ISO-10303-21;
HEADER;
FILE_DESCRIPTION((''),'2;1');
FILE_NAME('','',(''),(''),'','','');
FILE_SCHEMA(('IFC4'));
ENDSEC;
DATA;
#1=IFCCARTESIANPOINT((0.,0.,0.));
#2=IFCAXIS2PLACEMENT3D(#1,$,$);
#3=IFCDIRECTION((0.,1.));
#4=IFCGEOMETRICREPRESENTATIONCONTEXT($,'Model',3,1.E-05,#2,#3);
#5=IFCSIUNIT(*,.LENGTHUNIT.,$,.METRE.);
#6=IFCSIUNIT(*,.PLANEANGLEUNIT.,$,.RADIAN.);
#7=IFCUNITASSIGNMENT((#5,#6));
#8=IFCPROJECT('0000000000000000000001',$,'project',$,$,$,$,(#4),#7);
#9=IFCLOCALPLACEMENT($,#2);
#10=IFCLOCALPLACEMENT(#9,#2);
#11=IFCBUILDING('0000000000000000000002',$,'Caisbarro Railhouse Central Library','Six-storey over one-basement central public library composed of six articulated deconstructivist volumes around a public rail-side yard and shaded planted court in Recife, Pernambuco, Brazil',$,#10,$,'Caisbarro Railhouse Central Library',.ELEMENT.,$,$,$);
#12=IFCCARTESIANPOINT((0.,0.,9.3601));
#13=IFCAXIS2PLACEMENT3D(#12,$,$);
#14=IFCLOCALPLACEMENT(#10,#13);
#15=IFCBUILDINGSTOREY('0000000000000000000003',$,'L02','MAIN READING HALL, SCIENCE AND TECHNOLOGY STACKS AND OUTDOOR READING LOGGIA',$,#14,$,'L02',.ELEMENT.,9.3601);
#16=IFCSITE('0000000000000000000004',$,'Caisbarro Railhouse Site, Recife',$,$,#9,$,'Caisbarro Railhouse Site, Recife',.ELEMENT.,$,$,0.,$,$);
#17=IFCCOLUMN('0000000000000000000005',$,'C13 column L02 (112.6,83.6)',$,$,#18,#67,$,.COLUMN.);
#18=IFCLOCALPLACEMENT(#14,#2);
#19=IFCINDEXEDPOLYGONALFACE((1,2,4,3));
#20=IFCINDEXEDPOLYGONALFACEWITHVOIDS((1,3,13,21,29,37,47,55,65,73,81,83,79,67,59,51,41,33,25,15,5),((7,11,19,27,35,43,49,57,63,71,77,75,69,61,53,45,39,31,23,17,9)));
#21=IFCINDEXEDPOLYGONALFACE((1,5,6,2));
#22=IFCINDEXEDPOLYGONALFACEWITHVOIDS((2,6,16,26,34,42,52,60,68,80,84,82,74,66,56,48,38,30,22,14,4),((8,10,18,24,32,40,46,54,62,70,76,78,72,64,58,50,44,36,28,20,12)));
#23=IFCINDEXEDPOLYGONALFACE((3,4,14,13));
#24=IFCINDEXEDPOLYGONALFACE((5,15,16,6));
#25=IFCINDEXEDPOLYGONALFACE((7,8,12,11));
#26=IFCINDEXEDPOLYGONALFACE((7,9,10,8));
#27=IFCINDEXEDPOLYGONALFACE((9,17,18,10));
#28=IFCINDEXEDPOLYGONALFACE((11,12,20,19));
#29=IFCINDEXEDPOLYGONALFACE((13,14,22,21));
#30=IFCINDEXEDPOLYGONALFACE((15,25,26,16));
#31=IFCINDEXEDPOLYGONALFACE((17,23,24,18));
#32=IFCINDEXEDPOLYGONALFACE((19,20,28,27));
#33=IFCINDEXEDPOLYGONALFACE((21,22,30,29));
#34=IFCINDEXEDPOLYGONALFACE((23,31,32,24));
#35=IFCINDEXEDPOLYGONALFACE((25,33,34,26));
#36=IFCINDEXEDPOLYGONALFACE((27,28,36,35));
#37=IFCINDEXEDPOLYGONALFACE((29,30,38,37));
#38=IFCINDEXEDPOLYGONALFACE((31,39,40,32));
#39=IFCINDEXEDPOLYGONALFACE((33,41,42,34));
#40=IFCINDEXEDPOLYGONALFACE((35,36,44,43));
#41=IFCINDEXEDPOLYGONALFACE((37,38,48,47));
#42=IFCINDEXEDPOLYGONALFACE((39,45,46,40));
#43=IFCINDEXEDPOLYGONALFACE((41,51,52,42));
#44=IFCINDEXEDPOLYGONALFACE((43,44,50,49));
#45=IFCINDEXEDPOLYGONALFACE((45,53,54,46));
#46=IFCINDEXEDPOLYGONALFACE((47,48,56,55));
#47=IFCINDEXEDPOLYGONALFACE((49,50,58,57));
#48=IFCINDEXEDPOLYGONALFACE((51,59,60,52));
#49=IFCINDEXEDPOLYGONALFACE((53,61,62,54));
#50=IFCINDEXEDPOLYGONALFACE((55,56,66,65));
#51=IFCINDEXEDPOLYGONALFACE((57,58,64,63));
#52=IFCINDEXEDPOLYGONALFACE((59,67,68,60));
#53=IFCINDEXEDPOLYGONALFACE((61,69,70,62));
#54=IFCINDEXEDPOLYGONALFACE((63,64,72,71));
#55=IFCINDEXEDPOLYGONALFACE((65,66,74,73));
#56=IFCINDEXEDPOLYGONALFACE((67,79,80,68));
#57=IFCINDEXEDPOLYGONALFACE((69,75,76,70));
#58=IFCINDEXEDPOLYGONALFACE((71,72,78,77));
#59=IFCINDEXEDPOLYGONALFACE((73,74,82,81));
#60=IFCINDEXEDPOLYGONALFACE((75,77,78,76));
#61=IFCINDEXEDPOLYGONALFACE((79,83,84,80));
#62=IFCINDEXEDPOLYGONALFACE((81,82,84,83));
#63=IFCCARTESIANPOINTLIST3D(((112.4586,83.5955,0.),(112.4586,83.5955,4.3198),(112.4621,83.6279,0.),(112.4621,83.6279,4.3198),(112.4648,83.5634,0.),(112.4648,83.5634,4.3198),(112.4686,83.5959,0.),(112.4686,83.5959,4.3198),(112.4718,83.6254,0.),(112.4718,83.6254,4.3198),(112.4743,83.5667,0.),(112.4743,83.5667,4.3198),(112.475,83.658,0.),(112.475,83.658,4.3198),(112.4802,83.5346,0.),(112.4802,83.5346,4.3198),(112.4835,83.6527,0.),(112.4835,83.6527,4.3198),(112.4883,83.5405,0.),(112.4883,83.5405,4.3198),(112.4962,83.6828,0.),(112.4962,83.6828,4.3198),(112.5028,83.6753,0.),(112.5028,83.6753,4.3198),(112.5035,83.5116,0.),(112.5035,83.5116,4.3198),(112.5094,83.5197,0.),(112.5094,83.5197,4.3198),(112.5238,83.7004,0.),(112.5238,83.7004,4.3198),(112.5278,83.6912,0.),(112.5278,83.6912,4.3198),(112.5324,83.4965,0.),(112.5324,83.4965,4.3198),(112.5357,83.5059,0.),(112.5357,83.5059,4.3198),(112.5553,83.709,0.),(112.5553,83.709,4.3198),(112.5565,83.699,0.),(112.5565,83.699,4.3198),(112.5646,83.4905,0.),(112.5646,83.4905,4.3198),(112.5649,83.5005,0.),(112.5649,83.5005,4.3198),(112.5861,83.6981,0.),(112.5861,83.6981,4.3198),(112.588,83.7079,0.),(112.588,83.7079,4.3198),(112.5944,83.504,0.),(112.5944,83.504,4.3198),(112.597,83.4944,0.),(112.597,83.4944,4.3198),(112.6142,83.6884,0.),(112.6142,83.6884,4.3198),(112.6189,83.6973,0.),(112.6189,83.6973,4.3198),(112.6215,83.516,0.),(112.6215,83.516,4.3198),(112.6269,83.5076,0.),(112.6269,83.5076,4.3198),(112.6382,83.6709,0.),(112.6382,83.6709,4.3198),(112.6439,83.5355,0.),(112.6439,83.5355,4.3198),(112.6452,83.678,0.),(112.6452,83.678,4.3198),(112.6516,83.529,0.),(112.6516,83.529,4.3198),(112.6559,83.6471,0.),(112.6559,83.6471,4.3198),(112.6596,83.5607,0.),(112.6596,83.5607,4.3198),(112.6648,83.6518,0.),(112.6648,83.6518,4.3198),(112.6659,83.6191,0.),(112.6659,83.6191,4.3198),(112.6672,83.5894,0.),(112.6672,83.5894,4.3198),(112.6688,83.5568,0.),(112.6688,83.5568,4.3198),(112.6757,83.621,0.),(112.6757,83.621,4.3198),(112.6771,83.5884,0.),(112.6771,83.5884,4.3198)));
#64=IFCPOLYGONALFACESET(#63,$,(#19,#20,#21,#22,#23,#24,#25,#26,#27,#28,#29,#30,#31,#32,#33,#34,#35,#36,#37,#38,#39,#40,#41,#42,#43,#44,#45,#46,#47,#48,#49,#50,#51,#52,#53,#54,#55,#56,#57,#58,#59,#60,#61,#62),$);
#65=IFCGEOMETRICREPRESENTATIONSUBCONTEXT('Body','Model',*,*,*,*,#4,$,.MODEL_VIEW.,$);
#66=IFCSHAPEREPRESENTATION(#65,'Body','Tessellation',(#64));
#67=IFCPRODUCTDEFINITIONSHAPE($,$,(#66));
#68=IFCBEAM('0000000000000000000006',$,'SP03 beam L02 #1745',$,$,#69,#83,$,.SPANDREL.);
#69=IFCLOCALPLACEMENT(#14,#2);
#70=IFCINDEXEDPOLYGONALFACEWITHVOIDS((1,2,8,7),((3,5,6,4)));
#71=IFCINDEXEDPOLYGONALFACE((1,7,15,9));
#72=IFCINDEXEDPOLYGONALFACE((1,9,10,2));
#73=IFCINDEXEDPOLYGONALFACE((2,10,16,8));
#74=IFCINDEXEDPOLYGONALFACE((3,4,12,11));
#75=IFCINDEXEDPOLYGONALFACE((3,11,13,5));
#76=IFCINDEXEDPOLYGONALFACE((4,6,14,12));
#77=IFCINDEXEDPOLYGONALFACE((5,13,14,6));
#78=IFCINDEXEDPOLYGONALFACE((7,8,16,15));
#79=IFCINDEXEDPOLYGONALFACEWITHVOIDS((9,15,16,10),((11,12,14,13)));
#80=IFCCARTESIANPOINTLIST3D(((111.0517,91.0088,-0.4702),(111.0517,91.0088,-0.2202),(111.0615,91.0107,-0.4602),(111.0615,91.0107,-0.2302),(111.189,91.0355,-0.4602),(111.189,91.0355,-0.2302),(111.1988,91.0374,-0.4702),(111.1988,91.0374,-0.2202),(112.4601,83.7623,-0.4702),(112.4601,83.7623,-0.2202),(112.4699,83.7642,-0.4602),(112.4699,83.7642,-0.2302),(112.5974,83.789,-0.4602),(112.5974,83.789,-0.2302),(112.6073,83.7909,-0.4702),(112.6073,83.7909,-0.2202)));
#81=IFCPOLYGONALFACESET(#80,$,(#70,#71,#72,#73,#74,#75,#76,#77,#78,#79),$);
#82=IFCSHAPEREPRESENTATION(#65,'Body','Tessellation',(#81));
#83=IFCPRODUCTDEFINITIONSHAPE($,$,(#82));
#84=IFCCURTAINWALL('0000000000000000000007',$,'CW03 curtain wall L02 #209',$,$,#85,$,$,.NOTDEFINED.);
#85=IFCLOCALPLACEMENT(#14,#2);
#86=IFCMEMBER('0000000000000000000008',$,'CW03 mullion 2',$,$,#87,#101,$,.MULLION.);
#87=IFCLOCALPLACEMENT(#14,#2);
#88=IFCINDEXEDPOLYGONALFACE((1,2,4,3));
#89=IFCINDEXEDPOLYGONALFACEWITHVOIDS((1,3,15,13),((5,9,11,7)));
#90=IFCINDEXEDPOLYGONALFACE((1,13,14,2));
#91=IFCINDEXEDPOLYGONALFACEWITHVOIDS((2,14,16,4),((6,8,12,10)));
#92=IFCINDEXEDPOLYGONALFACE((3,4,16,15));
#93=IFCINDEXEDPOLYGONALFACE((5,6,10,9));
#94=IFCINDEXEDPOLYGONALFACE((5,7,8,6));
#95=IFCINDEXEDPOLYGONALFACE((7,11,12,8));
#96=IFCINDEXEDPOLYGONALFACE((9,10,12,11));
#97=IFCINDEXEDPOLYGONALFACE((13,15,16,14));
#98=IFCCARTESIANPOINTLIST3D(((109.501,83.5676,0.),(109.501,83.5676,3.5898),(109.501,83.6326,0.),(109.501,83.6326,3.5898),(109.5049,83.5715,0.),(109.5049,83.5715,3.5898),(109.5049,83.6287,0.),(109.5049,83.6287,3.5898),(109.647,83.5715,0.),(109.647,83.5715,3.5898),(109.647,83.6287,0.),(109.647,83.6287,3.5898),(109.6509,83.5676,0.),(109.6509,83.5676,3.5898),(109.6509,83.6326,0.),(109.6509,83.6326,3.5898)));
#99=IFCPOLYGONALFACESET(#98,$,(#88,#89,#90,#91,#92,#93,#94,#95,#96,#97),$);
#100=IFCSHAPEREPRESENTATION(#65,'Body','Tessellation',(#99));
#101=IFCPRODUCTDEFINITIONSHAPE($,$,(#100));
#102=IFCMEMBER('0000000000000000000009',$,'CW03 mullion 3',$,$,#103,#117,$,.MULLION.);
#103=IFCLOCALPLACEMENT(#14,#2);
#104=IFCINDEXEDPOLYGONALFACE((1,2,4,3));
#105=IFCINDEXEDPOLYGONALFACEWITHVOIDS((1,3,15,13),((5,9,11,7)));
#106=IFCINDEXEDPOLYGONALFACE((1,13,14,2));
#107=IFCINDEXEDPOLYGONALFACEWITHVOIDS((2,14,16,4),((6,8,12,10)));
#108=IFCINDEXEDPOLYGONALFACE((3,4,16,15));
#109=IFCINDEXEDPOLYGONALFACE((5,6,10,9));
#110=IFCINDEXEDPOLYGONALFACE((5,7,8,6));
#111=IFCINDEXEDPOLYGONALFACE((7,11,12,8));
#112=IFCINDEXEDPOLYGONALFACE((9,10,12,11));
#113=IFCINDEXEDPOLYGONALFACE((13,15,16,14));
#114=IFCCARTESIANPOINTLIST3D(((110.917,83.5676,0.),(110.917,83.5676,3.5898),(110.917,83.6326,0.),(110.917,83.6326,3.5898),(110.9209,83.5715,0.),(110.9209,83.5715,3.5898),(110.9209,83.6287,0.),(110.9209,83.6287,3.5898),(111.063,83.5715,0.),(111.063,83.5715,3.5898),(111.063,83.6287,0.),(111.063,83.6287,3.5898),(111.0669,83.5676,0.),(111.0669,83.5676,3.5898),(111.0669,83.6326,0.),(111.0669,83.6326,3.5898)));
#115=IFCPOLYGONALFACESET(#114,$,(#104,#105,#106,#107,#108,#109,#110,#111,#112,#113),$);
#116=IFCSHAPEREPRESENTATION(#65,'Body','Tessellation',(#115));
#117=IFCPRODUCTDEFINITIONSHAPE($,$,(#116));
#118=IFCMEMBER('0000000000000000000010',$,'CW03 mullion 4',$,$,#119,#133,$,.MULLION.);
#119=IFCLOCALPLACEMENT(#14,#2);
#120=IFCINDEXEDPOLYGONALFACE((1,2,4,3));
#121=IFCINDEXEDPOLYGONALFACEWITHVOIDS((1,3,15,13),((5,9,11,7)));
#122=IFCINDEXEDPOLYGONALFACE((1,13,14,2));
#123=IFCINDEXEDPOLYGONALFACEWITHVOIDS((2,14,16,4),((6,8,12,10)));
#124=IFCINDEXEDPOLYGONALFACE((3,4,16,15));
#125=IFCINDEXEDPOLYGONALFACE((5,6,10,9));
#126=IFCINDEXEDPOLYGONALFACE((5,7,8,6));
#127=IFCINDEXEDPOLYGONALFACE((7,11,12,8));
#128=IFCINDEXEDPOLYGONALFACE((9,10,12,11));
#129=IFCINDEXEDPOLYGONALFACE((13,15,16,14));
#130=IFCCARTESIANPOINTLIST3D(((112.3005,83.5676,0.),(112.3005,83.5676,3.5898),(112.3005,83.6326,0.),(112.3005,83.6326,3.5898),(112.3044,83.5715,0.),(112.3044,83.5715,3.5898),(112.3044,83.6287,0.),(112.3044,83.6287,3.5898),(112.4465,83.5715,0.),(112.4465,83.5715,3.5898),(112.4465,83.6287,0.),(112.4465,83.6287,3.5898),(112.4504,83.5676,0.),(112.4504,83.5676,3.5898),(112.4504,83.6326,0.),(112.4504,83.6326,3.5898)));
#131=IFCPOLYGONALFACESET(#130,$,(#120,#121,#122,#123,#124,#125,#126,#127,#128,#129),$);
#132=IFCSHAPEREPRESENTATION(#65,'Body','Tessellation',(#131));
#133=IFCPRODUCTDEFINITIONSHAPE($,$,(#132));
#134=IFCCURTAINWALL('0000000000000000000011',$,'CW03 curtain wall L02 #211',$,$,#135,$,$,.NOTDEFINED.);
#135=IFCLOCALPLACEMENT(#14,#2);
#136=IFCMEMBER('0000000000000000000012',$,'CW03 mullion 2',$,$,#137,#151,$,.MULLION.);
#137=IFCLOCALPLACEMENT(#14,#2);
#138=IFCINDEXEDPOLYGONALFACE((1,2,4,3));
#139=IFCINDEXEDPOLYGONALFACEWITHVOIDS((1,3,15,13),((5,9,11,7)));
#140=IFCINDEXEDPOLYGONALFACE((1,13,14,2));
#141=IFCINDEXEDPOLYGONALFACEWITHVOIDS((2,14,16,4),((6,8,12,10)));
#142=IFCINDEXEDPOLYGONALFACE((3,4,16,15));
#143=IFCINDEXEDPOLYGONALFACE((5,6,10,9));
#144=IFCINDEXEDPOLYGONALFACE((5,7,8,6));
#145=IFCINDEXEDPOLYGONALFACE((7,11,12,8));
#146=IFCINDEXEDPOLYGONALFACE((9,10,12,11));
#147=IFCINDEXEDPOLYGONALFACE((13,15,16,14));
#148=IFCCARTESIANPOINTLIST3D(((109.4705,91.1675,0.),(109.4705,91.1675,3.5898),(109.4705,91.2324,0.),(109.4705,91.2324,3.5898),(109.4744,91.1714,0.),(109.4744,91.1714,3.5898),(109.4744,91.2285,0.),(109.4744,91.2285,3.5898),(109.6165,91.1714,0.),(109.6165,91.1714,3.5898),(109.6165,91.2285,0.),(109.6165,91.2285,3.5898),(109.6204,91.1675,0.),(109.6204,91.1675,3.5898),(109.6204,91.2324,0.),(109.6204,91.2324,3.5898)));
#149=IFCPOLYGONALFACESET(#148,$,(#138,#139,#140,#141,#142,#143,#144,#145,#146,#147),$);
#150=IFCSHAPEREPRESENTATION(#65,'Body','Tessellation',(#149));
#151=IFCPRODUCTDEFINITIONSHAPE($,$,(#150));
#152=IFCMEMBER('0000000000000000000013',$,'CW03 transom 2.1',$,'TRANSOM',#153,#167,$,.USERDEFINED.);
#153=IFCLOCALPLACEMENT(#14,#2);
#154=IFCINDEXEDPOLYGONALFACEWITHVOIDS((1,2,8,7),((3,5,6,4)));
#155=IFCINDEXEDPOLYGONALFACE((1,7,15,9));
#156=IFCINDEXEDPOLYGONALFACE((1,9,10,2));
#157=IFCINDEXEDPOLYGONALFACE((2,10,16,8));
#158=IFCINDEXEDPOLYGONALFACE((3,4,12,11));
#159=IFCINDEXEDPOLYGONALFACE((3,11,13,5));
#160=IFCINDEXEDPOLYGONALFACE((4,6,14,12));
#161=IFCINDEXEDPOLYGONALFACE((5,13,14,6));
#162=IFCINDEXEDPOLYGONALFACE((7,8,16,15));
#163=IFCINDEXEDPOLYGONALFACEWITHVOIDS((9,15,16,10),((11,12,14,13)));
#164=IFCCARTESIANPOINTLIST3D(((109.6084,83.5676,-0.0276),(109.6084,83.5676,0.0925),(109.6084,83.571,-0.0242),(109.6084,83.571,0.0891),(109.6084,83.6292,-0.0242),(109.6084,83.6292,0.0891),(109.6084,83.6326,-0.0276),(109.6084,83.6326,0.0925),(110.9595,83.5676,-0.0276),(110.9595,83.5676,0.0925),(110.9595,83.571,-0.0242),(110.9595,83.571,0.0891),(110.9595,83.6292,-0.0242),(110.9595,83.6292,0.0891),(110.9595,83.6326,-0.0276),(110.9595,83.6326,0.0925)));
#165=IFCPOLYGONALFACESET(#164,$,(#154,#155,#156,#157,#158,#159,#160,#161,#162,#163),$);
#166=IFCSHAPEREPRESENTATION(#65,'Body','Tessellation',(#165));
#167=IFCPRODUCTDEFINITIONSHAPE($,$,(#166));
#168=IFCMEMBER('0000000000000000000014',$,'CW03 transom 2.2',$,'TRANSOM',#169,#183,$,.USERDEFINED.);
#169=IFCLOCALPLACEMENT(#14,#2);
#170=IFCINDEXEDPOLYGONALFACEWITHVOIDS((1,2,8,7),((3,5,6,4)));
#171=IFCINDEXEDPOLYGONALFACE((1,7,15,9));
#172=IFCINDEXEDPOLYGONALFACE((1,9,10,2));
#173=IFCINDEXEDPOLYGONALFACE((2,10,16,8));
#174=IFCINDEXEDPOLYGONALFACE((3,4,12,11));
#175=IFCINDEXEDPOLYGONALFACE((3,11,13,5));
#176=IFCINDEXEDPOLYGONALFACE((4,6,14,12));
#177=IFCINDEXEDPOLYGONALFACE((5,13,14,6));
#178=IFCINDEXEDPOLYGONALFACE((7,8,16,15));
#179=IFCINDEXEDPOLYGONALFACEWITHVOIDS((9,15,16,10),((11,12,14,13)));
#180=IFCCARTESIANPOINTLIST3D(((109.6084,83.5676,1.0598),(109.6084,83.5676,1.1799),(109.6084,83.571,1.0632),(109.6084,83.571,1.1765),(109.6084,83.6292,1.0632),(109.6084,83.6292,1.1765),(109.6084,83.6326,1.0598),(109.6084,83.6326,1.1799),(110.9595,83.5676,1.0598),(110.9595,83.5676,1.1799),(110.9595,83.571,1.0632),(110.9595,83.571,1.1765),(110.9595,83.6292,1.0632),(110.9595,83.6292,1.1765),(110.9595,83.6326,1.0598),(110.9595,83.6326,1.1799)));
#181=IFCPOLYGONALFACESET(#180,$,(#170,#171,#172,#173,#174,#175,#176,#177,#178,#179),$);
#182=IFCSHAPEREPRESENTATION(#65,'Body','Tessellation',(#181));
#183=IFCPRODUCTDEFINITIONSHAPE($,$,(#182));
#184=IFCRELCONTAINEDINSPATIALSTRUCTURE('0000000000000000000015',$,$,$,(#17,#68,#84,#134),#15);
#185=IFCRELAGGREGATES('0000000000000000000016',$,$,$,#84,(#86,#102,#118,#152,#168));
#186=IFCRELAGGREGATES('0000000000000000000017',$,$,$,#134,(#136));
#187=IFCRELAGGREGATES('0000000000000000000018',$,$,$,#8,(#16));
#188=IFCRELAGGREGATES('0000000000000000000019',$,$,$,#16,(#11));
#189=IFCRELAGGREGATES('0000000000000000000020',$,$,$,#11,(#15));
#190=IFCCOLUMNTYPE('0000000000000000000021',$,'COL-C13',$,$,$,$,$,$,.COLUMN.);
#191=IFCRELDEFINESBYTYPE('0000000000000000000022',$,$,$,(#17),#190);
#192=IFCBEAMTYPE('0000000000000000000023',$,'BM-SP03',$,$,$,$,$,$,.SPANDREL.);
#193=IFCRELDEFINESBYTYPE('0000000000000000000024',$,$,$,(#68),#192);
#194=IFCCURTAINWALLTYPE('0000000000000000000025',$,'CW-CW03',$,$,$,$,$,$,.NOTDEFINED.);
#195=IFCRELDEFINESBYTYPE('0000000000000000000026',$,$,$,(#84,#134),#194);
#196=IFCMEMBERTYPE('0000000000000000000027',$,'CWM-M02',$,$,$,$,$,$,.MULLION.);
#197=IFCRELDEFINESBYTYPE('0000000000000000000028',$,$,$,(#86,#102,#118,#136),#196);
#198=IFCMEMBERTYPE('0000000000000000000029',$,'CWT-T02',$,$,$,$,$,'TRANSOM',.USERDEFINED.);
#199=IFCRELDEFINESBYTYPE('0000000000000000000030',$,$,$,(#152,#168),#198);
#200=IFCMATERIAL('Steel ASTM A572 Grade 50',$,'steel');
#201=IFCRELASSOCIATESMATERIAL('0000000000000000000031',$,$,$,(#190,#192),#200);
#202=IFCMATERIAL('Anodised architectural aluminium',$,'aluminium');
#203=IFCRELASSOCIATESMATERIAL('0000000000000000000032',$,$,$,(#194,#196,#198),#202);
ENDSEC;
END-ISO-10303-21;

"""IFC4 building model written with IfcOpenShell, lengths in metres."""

from ifc_helpers import new_model, si_unit, direction, frame, origin, origin_2d, place, context, subcontext, project, spatial, hollow_rectangle, hollow_circle, extrude, material, material_profile, profile_set, type_object, element, aggregate, save


model = new_model("IFC4")

# Units and contexts
model_context = context("Model", 3, precision=1e-05, world=origin(), true_north=direction((0.0, 1.0)))
body_context = subcontext(model_context, "Body", "Model", "MODEL_VIEW")
ifc_project = project(units=[si_unit("LENGTHUNIT", "METRE"), si_unit("PLANEANGLEUNIT", "RADIAN")], contexts=[model_context])

# Site, building, storey
site_placement = place(None, origin())
site = spatial("IfcSite", under=ifc_project, at=site_placement, Name="Caisbarro Railhouse Site, Recife", LongName="Caisbarro Railhouse Site, Recife", CompositionType="ELEMENT", RefElevation=0.0)
building_placement = place(site_placement, origin())
building = spatial("IfcBuilding", under=site, at=building_placement, Name="Caisbarro Railhouse Central Library", Description="Six-storey over one-basement central public library composed of six articulated deconstructivist volumes around a public rail-side yard and shaded planted court in Recife, Pernambuco, Brazil", LongName="Caisbarro Railhouse Central Library", CompositionType="ELEMENT")
storey_placement = place(building_placement, frame((0.0, 0.0, 9.3601)))
storey = spatial("IfcBuildingStorey", under=building, at=storey_placement, Name="L02", Description="MAIN READING HALL, SCIENCE AND TECHNOLOGY STACKS AND OUTDOOR READING LOGGIA", LongName="L02", CompositionType="ELEMENT", Elevation=9.3601)

# Column
ifc_material_1 = material(Name="Steel ASTM A572 Grade 50", Category="steel")
ifc_material_profile_1 = material_profile(ifc_material_1, hollow_circle(Radius=0.1096, WallThickness=0.01, at=origin_2d()), Name="CHS219.1X10")
ifc_profile_set_1 = profile_set([ifc_material_profile_1], Name="Steel ASTM A572 Grade 50")
column_type = type_object("IfcColumnType", Name="COL-C13", PredefinedType="COLUMN", material=ifc_profile_set_1)
column_placement = place(storey_placement, frame((112.5681, 83.6001, 0.0), z_axis=(0.0, 0.0, 1.0), x_axis=(0.981627, 0.190809, 0.0)))
element("IfcColumn", 1, at=column_placement, inside=storey, type_object=column_type, Name="C13 column L02 (112.6,83.6)", PredefinedType="COLUMN", context=body_context, shape_type="SweptSolid", body=[
    extrude(hollow_circle(Radius=0.1096, WallThickness=0.01, at=origin_2d()), origin(), (0.0, 0.0, 1.0), 4.3198),
])

# Beam
ifc_material_profile_2 = material_profile(ifc_material_1, hollow_rectangle(XDim=0.1499, YDim=0.25, WallThickness=0.01, at=origin_2d()), Name="HSS250X150X10")
ifc_profile_set_2 = profile_set([ifc_material_profile_2], Name="Steel ASTM A572 Grade 50")
beam_type = type_object("IfcBeamType", Name="BM-SP03", PredefinedType="SPANDREL", material=ifc_profile_set_2)
beam_placement = place(storey_placement, frame((112.5337, 83.7766, -0.3452), z_axis=(-0.19079, 0.981631, 0.0), x_axis=(-0.981631, -0.19079, 0.0)))
element("IfcBeam", 2, at=beam_placement, inside=storey, type_object=beam_type, Name="SP03 beam L02 #1745", PredefinedType="SPANDREL", context=body_context, shape_type="SweptSolid", body=[
    extrude(hollow_rectangle(XDim=0.1499, YDim=0.25, WallThickness=0.01, at=origin_2d()), origin(), (0.0, 0.0, 1.0), 7.3821),
])

# Curtain wall, members
ifc_material_2 = material(Name="Anodised architectural aluminium", Category="aluminium")
curtain_wall_type = type_object("IfcCurtainWallType", Name="CW-CW03", PredefinedType="NOTDEFINED", material=ifc_material_2)
curtain_wall_1_placement = place(storey_placement, origin())
curtain_wall_1 = element("IfcCurtainWall", 3, at=curtain_wall_1_placement, inside=storey, type_object=curtain_wall_type, Name="CW03 curtain wall L02 #209", PredefinedType="NOTDEFINED")
ifc_material_profile_3 = material_profile(ifc_material_2, hollow_rectangle(XDim=0.0649, YDim=0.1499, WallThickness=0.0039, at=origin_2d()), Name="ALU-MUL-65X150")
ifc_profile_set_3 = profile_set([ifc_material_profile_3], Name="Anodised architectural aluminium")
member_type_1 = type_object("IfcMemberType", Name="CWM-M02", PredefinedType="MULLION", material=ifc_profile_set_3)
member_1_placement = place(storey_placement, frame((109.5759, 83.6001, 0.0), z_axis=(0.0, 0.0, 1.0), x_axis=(0.0, 1.0, 0.0)))
member_1 = element("IfcMember", 4, at=member_1_placement, type_object=member_type_1, Name="CW03 mullion 2", PredefinedType="MULLION", context=body_context, shape_type="SweptSolid", body=[
    extrude(hollow_rectangle(XDim=0.0649, YDim=0.1499, WallThickness=0.0039, at=origin_2d()), origin(), (0.0, 0.0, 1.0), 3.5898),
])
member_2_placement = place(storey_placement, frame((110.9919, 83.6001, 0.0), z_axis=(0.0, 0.0, 1.0), x_axis=(0.0, 1.0, 0.0)))
member_2 = element("IfcMember", 5, at=member_2_placement, type_object=member_type_1, Name="CW03 mullion 3", PredefinedType="MULLION", context=body_context, shape_type="SweptSolid", body=[
    extrude(hollow_rectangle(XDim=0.0649, YDim=0.1499, WallThickness=0.0039, at=origin_2d()), origin(), (0.0, 0.0, 1.0), 3.5898),
])
member_3_placement = place(storey_placement, frame((112.3755, 83.6001, 0.0), z_axis=(0.0, 0.0, 1.0), x_axis=(0.0, 1.0, 0.0)))
member_3 = element("IfcMember", 6, at=member_3_placement, type_object=member_type_1, Name="CW03 mullion 4", PredefinedType="MULLION", context=body_context, shape_type="SweptSolid", body=[
    extrude(hollow_rectangle(XDim=0.0649, YDim=0.1499, WallThickness=0.0039, at=origin_2d()), origin(), (0.0, 0.0, 1.0), 3.5898),
])

# Curtain wall, member
curtain_wall_2_placement = place(storey_placement, origin())
curtain_wall_2 = element("IfcCurtainWall", 7, at=curtain_wall_2_placement, inside=storey, type_object=curtain_wall_type, Name="CW03 curtain wall L02 #211", PredefinedType="NOTDEFINED")
member_4_placement = place(storey_placement, frame((109.5454, 91.2, 0.0), z_axis=(0.0, 0.0, 1.0), x_axis=(0.0, 1.0, 0.0)))
member_4 = element("IfcMember", 8, at=member_4_placement, type_object=member_type_1, Name="CW03 mullion 2", PredefinedType="MULLION", context=body_context, shape_type="SweptSolid", body=[
    extrude(hollow_rectangle(XDim=0.0649, YDim=0.1499, WallThickness=0.0039, at=origin_2d()), origin(), (0.0, 0.0, 1.0), 3.5898),
])

# Members
ifc_material_profile_4 = material_profile(ifc_material_2, hollow_rectangle(XDim=0.0649, YDim=0.1201, WallThickness=0.0034, at=origin_2d()), Name="ALU-TRN-65X120")
ifc_profile_set_4 = profile_set([ifc_material_profile_4], Name="Anodised architectural aluminium")
member_type_2 = type_object("IfcMemberType", Name="CWT-T02", ElementType="TRANSOM", PredefinedType="USERDEFINED", material=ifc_profile_set_4)
member_5_placement = place(storey_placement, frame((109.6084, 83.6001, 0.0325), z_axis=(1.0, 0.0, 0.0), x_axis=(0.0, 1.0, 0.0)))
member_5 = element("IfcMember", 9, at=member_5_placement, type_object=member_type_2, Name="CW03 transom 2.1", ObjectType="TRANSOM", PredefinedType="USERDEFINED", context=body_context, shape_type="SweptSolid", body=[
    extrude(hollow_rectangle(XDim=0.0649, YDim=0.1201, WallThickness=0.0034, at=origin_2d()), origin(), (0.0, 0.0, 1.0), 1.3511),
])
member_6_placement = place(storey_placement, frame((109.6084, 83.6001, 1.1199), z_axis=(1.0, 0.0, 0.0), x_axis=(0.0, 1.0, 0.0)))
member_6 = element("IfcMember", 10, at=member_6_placement, type_object=member_type_2, Name="CW03 transom 2.2", ObjectType="TRANSOM", PredefinedType="USERDEFINED", context=body_context, shape_type="SweptSolid", body=[
    extrude(hollow_rectangle(XDim=0.0649, YDim=0.1201, WallThickness=0.0034, at=origin_2d()), origin(), (0.0, 0.0, 1.0), 1.3511),
])

aggregate(curtain_wall_1, [member_1, member_2, member_3, member_5, member_6])
aggregate(curtain_wall_2, [member_4])

save(model, "model.ifc")
